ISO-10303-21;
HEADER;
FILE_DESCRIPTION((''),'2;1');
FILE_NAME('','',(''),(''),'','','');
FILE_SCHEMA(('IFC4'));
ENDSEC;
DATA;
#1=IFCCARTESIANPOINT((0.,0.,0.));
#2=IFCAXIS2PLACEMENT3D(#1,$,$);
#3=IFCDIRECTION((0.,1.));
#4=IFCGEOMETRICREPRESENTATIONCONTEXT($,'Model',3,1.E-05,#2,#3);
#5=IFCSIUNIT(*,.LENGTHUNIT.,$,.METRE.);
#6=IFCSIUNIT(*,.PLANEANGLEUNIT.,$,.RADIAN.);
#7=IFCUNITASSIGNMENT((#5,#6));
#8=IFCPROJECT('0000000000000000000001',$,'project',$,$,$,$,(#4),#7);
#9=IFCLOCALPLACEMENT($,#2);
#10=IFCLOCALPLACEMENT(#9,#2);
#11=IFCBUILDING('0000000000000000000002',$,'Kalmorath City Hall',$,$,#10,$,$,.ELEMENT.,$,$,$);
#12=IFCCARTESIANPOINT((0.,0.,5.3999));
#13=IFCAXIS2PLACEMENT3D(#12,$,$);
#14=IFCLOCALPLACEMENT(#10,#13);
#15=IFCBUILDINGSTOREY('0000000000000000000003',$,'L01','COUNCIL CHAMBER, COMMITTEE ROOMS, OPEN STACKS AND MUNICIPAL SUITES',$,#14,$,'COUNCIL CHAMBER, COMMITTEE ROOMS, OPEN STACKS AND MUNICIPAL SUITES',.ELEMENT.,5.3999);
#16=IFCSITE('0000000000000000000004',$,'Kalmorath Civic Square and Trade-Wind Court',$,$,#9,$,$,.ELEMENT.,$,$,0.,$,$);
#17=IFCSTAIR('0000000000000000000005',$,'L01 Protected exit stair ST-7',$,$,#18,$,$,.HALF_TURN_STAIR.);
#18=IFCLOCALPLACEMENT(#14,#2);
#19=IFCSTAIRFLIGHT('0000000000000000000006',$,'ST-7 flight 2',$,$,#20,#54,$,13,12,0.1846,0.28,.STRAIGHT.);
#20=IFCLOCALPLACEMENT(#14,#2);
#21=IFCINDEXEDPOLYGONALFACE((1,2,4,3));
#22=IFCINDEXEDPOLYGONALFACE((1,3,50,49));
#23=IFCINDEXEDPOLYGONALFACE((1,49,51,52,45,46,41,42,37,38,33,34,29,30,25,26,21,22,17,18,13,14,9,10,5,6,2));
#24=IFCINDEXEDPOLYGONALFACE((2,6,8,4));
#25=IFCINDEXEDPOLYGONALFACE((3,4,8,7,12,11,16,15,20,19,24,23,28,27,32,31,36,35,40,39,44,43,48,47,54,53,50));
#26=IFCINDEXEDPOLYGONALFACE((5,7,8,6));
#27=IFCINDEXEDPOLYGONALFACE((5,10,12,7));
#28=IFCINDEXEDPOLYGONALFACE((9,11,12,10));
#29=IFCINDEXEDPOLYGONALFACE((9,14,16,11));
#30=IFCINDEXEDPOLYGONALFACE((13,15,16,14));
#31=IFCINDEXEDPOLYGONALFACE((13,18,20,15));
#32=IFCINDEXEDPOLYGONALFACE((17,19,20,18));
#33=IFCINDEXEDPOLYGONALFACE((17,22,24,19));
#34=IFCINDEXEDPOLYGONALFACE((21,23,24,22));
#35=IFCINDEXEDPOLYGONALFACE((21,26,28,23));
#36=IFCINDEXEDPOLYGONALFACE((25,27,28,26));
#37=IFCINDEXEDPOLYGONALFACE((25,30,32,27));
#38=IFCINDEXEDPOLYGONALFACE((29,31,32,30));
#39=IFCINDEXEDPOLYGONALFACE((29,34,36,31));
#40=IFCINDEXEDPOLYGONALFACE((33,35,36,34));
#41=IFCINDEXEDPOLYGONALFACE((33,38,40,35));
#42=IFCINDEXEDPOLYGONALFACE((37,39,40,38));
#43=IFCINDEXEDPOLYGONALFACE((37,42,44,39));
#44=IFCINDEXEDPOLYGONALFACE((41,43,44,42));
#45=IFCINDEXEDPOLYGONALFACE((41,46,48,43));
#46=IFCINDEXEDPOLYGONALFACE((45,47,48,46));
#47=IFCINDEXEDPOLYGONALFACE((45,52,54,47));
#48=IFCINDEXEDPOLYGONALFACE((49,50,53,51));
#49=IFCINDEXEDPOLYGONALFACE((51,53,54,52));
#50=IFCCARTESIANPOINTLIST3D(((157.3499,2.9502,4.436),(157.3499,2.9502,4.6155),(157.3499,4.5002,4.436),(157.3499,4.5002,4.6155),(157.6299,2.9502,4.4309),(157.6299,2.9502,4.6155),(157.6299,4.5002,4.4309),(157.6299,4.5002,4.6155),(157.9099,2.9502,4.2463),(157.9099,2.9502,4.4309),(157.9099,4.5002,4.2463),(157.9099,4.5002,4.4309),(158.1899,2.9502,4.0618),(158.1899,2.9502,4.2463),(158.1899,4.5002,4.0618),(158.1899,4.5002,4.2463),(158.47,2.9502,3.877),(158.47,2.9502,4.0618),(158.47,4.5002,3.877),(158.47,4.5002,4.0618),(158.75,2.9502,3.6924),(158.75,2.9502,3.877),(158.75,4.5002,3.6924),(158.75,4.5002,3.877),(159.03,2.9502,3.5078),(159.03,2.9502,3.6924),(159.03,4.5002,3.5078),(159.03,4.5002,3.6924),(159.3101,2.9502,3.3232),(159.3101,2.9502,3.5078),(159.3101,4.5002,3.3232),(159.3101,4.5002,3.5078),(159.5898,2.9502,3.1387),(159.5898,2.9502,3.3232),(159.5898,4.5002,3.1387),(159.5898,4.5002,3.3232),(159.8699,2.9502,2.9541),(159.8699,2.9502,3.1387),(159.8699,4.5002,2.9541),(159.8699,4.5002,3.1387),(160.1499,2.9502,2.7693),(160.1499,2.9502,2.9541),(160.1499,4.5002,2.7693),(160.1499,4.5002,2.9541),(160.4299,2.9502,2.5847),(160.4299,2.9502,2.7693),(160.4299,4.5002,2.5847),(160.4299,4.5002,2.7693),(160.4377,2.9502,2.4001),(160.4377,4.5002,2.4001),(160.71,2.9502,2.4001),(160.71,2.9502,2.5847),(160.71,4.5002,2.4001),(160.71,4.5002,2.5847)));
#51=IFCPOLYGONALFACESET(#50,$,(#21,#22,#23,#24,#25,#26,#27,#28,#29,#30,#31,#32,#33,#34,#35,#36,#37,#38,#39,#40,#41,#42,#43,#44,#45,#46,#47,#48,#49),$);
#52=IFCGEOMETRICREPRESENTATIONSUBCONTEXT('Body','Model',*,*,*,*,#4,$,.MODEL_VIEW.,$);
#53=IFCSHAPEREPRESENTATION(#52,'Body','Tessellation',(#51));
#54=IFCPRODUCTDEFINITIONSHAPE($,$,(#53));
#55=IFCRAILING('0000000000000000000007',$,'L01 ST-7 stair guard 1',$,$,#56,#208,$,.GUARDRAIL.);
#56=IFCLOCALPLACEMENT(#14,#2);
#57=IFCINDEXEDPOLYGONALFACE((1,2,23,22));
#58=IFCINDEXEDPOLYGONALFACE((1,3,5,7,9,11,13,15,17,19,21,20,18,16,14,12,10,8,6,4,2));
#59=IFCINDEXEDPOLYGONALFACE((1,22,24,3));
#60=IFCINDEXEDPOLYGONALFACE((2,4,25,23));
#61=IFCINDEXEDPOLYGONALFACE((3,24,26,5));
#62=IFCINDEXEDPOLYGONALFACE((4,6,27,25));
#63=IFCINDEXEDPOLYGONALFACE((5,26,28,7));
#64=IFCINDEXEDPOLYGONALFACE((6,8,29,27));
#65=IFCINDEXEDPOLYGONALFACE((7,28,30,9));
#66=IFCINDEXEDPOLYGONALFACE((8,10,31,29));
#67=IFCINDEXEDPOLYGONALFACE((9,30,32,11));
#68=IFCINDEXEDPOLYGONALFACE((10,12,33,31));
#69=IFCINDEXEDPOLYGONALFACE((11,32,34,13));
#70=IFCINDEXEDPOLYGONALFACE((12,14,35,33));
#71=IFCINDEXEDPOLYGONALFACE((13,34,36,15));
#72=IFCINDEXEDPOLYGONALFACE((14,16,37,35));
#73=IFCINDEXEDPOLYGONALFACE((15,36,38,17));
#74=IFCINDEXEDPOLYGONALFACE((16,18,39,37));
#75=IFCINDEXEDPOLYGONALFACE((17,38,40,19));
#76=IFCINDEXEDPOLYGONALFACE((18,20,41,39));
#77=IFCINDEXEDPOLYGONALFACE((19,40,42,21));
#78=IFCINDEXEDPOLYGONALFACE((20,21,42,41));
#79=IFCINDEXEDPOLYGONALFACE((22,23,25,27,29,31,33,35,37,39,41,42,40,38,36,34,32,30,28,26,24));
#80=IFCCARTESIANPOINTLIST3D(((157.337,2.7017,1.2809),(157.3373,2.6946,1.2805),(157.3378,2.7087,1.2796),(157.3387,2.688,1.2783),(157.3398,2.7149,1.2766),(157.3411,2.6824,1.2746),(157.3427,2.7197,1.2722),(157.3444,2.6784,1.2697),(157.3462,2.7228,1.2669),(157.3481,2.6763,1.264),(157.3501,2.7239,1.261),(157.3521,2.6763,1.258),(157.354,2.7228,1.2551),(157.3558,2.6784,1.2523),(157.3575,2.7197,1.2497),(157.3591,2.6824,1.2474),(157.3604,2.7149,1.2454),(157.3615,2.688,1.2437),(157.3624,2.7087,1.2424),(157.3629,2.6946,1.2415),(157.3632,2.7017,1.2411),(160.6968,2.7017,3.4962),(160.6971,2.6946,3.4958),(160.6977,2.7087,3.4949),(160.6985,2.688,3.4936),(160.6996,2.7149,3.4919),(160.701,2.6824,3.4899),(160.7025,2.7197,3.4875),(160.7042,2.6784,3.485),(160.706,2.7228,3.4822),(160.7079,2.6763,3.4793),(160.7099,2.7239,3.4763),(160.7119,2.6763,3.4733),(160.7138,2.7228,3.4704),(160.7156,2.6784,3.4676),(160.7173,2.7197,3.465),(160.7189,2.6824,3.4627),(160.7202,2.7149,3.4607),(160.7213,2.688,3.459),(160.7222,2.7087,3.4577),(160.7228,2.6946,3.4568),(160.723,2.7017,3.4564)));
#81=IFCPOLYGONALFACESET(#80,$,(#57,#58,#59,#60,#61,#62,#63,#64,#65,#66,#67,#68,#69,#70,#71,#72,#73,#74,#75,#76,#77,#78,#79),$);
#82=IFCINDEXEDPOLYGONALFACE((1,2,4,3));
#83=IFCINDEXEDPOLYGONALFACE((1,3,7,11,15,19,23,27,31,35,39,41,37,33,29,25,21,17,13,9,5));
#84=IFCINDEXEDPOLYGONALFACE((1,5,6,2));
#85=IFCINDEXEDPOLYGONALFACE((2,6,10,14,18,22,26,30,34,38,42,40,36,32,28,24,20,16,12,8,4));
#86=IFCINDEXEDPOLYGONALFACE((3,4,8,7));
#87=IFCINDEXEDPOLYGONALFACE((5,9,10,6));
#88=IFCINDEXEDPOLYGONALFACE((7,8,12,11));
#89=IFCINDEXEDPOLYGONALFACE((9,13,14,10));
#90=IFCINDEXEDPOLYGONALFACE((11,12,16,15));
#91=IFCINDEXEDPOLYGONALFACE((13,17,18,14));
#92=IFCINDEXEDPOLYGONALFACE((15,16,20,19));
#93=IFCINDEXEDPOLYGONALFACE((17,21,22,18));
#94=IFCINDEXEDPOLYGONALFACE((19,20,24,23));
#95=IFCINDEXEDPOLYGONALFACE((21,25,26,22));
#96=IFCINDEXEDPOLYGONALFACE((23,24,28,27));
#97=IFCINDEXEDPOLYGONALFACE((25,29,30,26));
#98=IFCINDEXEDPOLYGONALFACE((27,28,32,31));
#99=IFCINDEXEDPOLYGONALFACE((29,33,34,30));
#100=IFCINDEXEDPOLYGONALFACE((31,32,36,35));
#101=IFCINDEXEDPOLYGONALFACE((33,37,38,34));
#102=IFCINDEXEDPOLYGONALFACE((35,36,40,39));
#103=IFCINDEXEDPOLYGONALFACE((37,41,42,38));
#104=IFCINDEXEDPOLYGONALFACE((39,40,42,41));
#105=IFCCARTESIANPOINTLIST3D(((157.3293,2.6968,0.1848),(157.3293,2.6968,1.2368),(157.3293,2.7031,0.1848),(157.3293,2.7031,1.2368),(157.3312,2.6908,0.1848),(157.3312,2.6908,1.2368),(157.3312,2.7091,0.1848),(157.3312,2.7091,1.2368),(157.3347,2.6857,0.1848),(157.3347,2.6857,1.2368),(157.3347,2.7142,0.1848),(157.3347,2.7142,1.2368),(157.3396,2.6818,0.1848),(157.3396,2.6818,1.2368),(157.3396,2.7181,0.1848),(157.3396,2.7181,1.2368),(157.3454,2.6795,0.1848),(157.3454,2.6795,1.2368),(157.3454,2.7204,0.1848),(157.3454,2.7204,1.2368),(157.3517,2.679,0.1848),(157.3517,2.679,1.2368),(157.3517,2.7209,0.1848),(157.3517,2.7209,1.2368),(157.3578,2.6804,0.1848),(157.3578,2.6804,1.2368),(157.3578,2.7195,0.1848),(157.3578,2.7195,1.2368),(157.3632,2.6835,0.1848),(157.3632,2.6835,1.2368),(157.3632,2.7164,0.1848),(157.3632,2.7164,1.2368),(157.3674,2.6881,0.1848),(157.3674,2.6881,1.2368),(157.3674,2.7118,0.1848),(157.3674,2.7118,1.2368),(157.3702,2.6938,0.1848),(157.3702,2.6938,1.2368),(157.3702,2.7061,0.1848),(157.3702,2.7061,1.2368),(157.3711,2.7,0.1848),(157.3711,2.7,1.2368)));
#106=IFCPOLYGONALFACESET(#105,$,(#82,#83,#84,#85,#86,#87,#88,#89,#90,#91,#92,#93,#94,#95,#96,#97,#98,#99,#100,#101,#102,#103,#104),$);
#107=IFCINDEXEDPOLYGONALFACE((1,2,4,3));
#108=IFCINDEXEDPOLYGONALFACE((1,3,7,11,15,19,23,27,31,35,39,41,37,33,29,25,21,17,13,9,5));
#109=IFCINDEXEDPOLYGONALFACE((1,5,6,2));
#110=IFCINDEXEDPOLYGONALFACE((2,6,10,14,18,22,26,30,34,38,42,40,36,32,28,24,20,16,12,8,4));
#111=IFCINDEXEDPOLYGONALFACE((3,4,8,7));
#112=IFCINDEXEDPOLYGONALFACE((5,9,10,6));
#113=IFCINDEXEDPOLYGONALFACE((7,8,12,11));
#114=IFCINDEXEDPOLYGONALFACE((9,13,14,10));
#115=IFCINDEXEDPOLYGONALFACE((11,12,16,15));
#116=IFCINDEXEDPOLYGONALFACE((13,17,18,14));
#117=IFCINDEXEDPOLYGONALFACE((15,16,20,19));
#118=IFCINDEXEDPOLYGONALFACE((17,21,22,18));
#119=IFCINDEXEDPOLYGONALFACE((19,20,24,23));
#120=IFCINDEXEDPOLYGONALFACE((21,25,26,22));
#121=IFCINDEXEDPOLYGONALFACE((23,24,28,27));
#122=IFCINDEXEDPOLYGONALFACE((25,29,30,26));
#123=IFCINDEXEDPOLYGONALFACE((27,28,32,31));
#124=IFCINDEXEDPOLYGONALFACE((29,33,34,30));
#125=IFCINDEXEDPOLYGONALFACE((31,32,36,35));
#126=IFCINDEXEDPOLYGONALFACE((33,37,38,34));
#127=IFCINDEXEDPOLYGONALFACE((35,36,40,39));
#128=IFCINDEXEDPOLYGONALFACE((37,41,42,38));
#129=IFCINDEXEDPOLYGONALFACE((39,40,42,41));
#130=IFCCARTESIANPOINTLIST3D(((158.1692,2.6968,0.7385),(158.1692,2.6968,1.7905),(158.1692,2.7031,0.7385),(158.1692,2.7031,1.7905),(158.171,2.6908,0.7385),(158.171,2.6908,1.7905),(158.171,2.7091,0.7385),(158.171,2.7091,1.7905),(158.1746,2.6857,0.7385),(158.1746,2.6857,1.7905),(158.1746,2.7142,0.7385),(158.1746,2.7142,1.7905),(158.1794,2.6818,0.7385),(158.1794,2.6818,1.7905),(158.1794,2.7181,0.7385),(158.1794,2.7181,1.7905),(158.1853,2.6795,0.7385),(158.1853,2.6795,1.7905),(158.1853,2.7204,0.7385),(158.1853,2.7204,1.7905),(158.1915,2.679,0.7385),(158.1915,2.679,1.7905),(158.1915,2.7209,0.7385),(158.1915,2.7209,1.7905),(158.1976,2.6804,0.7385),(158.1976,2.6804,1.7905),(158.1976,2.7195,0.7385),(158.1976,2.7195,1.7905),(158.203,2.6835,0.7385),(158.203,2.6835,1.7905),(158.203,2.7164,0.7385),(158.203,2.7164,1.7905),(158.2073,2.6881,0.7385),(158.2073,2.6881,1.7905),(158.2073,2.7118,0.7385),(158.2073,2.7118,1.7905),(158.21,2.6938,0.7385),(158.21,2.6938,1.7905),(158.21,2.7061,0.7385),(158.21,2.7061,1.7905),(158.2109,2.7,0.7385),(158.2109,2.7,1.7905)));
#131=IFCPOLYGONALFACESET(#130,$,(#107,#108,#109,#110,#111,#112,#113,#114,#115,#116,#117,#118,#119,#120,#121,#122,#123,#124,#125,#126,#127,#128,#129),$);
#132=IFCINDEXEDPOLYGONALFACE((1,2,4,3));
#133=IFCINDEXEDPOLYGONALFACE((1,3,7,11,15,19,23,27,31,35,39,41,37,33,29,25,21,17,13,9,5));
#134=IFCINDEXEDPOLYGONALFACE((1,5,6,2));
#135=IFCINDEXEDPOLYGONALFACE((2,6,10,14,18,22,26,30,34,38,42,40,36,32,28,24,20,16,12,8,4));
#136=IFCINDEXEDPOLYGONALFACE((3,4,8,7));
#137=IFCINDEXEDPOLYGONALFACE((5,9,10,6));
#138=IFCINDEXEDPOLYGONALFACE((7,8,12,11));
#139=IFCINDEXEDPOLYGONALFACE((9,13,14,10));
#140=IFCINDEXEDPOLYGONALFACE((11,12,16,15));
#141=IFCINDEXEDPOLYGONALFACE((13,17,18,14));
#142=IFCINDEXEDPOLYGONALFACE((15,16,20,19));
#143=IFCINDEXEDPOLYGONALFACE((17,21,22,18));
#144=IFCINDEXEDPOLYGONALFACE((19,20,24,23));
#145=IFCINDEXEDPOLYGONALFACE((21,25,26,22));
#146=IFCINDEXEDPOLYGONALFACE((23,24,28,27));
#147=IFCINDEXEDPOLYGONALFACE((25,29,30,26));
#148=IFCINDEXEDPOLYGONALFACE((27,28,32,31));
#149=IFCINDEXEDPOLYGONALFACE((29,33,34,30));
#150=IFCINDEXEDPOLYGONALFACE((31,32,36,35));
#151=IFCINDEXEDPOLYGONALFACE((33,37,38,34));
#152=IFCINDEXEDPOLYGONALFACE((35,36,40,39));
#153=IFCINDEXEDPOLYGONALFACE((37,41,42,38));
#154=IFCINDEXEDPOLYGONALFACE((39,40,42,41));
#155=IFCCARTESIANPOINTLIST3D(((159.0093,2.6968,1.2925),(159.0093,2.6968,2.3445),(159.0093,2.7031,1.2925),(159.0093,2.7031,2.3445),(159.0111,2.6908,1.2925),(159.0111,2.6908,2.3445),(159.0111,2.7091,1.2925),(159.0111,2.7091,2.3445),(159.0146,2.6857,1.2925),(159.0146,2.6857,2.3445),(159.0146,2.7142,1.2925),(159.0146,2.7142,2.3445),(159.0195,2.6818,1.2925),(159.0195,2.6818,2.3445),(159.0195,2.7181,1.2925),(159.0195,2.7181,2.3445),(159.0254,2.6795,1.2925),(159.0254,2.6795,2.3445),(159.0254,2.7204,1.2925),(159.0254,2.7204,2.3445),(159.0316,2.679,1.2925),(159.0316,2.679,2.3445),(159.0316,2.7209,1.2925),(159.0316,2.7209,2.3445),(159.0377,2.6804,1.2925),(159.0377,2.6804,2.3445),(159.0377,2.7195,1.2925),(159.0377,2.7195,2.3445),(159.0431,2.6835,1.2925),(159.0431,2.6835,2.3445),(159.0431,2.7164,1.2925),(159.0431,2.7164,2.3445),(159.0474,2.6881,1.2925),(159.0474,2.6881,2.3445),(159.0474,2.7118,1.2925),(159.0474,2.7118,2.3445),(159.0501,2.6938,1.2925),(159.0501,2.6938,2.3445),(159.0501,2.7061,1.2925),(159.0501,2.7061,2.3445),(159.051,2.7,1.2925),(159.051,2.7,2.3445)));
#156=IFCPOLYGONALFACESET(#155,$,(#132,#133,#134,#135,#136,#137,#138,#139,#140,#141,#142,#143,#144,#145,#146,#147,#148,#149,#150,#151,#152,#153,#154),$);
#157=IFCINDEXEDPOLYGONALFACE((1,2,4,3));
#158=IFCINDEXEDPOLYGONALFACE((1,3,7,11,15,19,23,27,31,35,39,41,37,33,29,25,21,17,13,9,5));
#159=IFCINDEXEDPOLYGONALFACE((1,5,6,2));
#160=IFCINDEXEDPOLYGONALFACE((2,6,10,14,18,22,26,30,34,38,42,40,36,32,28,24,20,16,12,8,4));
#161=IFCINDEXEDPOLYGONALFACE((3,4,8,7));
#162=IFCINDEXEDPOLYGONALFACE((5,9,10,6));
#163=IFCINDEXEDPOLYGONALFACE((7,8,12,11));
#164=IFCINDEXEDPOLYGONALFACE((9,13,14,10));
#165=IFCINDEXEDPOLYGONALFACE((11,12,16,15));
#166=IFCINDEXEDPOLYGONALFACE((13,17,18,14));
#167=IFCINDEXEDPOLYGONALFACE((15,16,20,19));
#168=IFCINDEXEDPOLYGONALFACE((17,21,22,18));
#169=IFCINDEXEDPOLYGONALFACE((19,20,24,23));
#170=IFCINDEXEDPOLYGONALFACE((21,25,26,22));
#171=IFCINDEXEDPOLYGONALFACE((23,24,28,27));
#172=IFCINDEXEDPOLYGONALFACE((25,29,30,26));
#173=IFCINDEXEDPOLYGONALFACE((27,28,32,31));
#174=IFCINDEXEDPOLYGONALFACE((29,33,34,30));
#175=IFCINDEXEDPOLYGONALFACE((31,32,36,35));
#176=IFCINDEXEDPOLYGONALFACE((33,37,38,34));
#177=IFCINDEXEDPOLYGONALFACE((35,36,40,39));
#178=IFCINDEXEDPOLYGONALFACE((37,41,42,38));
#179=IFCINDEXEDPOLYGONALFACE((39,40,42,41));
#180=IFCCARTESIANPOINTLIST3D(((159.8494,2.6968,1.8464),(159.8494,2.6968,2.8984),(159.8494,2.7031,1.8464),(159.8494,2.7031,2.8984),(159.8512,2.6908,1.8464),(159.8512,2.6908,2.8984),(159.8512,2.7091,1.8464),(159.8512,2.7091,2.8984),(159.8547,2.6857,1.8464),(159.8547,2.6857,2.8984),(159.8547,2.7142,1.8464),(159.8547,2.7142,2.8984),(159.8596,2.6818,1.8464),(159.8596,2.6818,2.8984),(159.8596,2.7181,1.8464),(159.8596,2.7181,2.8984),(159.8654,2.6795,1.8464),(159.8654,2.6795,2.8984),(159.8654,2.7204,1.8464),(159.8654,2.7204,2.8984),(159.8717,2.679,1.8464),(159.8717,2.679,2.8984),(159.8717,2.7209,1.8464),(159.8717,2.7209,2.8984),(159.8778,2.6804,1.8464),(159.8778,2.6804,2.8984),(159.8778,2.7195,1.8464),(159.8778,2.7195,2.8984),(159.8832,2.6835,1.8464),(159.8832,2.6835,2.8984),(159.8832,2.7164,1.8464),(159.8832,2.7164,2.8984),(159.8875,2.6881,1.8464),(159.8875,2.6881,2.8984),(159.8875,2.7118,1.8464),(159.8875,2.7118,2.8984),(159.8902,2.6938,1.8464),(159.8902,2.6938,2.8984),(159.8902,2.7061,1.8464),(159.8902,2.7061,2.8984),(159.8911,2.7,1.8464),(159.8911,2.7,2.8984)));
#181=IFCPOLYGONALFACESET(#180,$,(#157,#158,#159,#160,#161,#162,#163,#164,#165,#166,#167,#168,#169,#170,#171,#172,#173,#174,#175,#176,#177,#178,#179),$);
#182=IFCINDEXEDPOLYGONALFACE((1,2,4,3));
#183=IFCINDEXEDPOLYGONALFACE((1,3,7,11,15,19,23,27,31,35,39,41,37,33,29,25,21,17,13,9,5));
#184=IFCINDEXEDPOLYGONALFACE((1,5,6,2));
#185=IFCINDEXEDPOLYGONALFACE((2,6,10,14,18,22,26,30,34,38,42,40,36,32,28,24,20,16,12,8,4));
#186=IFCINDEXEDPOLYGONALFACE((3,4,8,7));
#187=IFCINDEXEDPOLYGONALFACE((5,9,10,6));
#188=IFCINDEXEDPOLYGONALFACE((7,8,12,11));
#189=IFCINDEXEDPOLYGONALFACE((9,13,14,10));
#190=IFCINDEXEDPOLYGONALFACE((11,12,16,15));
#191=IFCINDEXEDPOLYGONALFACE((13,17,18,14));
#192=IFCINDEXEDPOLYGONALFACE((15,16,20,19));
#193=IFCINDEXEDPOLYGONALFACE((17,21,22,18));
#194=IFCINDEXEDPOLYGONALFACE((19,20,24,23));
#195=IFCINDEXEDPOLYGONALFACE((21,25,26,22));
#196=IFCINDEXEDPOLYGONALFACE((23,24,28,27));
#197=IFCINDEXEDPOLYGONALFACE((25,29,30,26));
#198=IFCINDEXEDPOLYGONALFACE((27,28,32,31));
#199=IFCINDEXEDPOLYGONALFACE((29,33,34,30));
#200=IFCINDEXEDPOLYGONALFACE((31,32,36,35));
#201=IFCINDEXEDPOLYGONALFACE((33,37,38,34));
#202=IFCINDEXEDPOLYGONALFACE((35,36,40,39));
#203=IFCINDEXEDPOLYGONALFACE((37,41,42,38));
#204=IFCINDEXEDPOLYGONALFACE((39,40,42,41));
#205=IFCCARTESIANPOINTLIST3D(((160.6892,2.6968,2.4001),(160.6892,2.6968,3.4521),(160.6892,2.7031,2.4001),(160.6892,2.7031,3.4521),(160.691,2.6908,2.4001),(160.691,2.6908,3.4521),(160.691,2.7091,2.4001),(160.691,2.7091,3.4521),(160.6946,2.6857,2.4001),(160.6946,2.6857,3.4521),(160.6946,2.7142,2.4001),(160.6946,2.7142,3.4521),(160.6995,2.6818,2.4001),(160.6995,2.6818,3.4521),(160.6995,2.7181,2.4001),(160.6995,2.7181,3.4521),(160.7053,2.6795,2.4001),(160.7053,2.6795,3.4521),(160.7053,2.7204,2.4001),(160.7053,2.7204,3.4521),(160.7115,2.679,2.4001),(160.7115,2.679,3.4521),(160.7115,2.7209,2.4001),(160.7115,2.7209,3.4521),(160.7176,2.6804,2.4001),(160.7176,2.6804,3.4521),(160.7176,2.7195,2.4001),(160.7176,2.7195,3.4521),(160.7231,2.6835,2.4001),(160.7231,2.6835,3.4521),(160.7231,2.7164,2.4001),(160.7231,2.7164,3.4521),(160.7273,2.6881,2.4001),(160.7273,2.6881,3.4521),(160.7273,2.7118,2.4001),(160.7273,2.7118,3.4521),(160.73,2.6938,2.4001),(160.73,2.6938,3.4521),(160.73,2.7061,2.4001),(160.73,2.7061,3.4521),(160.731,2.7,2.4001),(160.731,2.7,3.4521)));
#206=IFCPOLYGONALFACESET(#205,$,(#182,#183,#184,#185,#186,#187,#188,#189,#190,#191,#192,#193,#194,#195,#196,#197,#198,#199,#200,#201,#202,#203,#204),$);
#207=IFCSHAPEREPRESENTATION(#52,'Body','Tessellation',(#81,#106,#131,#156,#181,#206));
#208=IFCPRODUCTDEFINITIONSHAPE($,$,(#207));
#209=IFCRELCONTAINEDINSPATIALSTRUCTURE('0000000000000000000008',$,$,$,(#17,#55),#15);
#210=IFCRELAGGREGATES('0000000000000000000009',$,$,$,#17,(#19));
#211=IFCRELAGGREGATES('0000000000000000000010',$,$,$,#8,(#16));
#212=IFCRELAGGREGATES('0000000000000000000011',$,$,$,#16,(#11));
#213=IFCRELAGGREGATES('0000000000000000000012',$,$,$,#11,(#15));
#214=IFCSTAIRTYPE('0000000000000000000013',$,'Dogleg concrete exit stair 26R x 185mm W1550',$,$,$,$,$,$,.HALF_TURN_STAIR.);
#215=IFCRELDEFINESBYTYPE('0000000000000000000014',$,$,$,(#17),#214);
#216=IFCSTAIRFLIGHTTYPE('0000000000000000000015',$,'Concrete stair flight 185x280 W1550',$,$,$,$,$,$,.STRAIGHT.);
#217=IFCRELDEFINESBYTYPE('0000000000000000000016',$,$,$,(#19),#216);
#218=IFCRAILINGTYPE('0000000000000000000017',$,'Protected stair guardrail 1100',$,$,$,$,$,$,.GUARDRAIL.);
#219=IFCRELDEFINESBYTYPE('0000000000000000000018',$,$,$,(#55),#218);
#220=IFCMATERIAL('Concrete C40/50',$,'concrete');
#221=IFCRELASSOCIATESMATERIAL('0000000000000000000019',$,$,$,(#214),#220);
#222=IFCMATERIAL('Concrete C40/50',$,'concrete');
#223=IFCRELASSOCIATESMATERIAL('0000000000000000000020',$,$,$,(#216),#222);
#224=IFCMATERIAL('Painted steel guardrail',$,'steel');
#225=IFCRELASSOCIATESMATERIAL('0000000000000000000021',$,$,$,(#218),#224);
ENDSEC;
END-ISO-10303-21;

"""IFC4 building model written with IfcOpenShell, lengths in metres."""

from ifc_helpers import new_model, si_unit, direction, frame, origin, origin_2d, place, context, subcontext, project, spatial, polyline, circle, outline, extrude, material, type_object, element, aggregate, save


model = new_model("IFC4")

# Units and contexts
model_context = context("Model", 3, precision=1e-05, world=origin(), true_north=direction((0.0, 1.0)))
body_context = subcontext(model_context, "Body", "Model", "MODEL_VIEW")
ifc_project = project(units=[si_unit("LENGTHUNIT", "METRE"), si_unit("PLANEANGLEUNIT", "RADIAN")], contexts=[model_context])

# Site, building, storey
site_placement = place(None, origin())
site = spatial("IfcSite", under=ifc_project, at=site_placement, Name="Kalmorath Civic Square and Trade-Wind Court", CompositionType="ELEMENT", RefElevation=0.0)
building_placement = place(site_placement, origin())
building = spatial("IfcBuilding", under=site, at=building_placement, Name="Kalmorath City Hall", CompositionType="ELEMENT")
storey_placement = place(building_placement, frame((0.0, 0.0, 5.3999)))
storey = spatial("IfcBuildingStorey", under=building, at=storey_placement, Name="L01", Description="COUNCIL CHAMBER, COMMITTEE ROOMS, OPEN STACKS AND MUNICIPAL SUITES", LongName="COUNCIL CHAMBER, COMMITTEE ROOMS, OPEN STACKS AND MUNICIPAL SUITES", CompositionType="ELEMENT", Elevation=5.3999)

# Stair, stair flight
ifc_material_1 = material(Name="Concrete C40/50", Category="concrete")
stair_type = type_object("IfcStairType", Name="Dogleg concrete exit stair 26R x 185mm W1550", PredefinedType="HALF_TURN_STAIR", material=ifc_material_1)
stair_placement = place(storey_placement, origin())
stair = element("IfcStair", 1, at=stair_placement, inside=storey, type_object=stair_type, Name="L01 Protected exit stair ST-7", PredefinedType="HALF_TURN_STAIR")
ifc_material_2 = material(Name="Concrete C40/50", Category="concrete")
stair_flight_type = type_object("IfcStairFlightType", Name="Concrete stair flight 185x280 W1550", PredefinedType="STRAIGHT", material=ifc_material_2)
stair_flight_1_placement = place(storey_placement, frame((160.71, 3.7251, 2.4001), z_axis=(0.0, 0.0, 1.0), x_axis=(-1.0, 0.0, 0.0)))
stair_flight_1 = element("IfcStairFlight", 2, at=stair_flight_1_placement, type_object=stair_flight_type, Name="ST-7 flight 2", NumberOfRisers=13, NumberOfTreads=12, PredefinedType="STRAIGHT", RiserHeight=0.1846, TreadLength=0.28, context=body_context, shape_type="SweptSolid", body=[
    extrude(outline(polyline([(0.0, 0.0), (0.0, 0.1846), (0.28, 0.1846), (0.28, 0.3691), (0.5601, 0.3691), (0.5601, 0.554), (0.8401, 0.554), (0.8401, 0.7385), (1.1201, 0.7385), (1.1201, 0.9231), (1.3999, 0.9231), (1.3999, 1.1077), (1.6799, 1.1077), (1.6799, 1.2922), (1.96, 1.2922), (1.96, 1.4768), (2.24, 1.4768), (2.24, 1.6616), (2.52, 1.6616), (2.52, 1.8462), (2.8, 1.8462), (2.8, 2.0308), (3.0801, 2.0308), (3.0801, 2.2153), (3.3601, 2.2153), (3.3601, 2.3999), (3.3601, 2.0359), (0.2722, 0.0), (0.0, 0.0)])), frame((0.0, 0.7749, 0.0), z_axis=(0.0, -1.0, 0.0), x_axis=(1.0, 0.0, 0.0)), (0.0, 0.0, 1.0), 1.55),
])
aggregate(stair, [stair_flight_1])

# Railing
ifc_material_3 = material(Name="Painted steel guardrail", Category="steel")
railing_type_1 = type_object("IfcRailingType", Name="Protected stair guardrail 1100", PredefinedType="GUARDRAIL", material=ifc_material_3)
railing_1_placement = place(storey_placement, frame((157.3501, 2.7, 0.1848)))
element("IfcRailing", 3, at=railing_1_placement, inside=storey, type_object=railing_type_1, Name="L01 ST-7 stair guard 1", PredefinedType="GUARDRAIL", context=body_context, shape_type="SweptSolid", body=[
    extrude(circle(Radius=0.0239, at=origin_2d()), frame((0.0, 0.0, 1.0762), z_axis=(0.834858, 0.0, 0.550465), x_axis=(0.0, 1.0, 0.0)), (0.0, 0.0, 1.0), 4.0244),
    extrude(circle(Radius=0.021, at=origin_2d()), origin(), (0.0, 0.0, 1.0), 1.052),
    extrude(circle(Radius=0.021, at=origin_2d()), frame((0.8398, 0.0, 0.5537)), (0.0, 0.0, 1.0), 1.052),
    extrude(circle(Radius=0.021, at=origin_2d()), frame((1.6799, 0.0, 1.1077)), (0.0, 0.0, 1.0), 1.052),
    extrude(circle(Radius=0.021, at=origin_2d()), frame((2.52, 0.0, 1.6616)), (0.0, 0.0, 1.0), 1.052),
    extrude(circle(Radius=0.021, at=origin_2d()), frame((3.3599, 0.0, 2.2153)), (0.0, 0.0, 1.0), 1.052),
])

save(model, "model.ifc")
